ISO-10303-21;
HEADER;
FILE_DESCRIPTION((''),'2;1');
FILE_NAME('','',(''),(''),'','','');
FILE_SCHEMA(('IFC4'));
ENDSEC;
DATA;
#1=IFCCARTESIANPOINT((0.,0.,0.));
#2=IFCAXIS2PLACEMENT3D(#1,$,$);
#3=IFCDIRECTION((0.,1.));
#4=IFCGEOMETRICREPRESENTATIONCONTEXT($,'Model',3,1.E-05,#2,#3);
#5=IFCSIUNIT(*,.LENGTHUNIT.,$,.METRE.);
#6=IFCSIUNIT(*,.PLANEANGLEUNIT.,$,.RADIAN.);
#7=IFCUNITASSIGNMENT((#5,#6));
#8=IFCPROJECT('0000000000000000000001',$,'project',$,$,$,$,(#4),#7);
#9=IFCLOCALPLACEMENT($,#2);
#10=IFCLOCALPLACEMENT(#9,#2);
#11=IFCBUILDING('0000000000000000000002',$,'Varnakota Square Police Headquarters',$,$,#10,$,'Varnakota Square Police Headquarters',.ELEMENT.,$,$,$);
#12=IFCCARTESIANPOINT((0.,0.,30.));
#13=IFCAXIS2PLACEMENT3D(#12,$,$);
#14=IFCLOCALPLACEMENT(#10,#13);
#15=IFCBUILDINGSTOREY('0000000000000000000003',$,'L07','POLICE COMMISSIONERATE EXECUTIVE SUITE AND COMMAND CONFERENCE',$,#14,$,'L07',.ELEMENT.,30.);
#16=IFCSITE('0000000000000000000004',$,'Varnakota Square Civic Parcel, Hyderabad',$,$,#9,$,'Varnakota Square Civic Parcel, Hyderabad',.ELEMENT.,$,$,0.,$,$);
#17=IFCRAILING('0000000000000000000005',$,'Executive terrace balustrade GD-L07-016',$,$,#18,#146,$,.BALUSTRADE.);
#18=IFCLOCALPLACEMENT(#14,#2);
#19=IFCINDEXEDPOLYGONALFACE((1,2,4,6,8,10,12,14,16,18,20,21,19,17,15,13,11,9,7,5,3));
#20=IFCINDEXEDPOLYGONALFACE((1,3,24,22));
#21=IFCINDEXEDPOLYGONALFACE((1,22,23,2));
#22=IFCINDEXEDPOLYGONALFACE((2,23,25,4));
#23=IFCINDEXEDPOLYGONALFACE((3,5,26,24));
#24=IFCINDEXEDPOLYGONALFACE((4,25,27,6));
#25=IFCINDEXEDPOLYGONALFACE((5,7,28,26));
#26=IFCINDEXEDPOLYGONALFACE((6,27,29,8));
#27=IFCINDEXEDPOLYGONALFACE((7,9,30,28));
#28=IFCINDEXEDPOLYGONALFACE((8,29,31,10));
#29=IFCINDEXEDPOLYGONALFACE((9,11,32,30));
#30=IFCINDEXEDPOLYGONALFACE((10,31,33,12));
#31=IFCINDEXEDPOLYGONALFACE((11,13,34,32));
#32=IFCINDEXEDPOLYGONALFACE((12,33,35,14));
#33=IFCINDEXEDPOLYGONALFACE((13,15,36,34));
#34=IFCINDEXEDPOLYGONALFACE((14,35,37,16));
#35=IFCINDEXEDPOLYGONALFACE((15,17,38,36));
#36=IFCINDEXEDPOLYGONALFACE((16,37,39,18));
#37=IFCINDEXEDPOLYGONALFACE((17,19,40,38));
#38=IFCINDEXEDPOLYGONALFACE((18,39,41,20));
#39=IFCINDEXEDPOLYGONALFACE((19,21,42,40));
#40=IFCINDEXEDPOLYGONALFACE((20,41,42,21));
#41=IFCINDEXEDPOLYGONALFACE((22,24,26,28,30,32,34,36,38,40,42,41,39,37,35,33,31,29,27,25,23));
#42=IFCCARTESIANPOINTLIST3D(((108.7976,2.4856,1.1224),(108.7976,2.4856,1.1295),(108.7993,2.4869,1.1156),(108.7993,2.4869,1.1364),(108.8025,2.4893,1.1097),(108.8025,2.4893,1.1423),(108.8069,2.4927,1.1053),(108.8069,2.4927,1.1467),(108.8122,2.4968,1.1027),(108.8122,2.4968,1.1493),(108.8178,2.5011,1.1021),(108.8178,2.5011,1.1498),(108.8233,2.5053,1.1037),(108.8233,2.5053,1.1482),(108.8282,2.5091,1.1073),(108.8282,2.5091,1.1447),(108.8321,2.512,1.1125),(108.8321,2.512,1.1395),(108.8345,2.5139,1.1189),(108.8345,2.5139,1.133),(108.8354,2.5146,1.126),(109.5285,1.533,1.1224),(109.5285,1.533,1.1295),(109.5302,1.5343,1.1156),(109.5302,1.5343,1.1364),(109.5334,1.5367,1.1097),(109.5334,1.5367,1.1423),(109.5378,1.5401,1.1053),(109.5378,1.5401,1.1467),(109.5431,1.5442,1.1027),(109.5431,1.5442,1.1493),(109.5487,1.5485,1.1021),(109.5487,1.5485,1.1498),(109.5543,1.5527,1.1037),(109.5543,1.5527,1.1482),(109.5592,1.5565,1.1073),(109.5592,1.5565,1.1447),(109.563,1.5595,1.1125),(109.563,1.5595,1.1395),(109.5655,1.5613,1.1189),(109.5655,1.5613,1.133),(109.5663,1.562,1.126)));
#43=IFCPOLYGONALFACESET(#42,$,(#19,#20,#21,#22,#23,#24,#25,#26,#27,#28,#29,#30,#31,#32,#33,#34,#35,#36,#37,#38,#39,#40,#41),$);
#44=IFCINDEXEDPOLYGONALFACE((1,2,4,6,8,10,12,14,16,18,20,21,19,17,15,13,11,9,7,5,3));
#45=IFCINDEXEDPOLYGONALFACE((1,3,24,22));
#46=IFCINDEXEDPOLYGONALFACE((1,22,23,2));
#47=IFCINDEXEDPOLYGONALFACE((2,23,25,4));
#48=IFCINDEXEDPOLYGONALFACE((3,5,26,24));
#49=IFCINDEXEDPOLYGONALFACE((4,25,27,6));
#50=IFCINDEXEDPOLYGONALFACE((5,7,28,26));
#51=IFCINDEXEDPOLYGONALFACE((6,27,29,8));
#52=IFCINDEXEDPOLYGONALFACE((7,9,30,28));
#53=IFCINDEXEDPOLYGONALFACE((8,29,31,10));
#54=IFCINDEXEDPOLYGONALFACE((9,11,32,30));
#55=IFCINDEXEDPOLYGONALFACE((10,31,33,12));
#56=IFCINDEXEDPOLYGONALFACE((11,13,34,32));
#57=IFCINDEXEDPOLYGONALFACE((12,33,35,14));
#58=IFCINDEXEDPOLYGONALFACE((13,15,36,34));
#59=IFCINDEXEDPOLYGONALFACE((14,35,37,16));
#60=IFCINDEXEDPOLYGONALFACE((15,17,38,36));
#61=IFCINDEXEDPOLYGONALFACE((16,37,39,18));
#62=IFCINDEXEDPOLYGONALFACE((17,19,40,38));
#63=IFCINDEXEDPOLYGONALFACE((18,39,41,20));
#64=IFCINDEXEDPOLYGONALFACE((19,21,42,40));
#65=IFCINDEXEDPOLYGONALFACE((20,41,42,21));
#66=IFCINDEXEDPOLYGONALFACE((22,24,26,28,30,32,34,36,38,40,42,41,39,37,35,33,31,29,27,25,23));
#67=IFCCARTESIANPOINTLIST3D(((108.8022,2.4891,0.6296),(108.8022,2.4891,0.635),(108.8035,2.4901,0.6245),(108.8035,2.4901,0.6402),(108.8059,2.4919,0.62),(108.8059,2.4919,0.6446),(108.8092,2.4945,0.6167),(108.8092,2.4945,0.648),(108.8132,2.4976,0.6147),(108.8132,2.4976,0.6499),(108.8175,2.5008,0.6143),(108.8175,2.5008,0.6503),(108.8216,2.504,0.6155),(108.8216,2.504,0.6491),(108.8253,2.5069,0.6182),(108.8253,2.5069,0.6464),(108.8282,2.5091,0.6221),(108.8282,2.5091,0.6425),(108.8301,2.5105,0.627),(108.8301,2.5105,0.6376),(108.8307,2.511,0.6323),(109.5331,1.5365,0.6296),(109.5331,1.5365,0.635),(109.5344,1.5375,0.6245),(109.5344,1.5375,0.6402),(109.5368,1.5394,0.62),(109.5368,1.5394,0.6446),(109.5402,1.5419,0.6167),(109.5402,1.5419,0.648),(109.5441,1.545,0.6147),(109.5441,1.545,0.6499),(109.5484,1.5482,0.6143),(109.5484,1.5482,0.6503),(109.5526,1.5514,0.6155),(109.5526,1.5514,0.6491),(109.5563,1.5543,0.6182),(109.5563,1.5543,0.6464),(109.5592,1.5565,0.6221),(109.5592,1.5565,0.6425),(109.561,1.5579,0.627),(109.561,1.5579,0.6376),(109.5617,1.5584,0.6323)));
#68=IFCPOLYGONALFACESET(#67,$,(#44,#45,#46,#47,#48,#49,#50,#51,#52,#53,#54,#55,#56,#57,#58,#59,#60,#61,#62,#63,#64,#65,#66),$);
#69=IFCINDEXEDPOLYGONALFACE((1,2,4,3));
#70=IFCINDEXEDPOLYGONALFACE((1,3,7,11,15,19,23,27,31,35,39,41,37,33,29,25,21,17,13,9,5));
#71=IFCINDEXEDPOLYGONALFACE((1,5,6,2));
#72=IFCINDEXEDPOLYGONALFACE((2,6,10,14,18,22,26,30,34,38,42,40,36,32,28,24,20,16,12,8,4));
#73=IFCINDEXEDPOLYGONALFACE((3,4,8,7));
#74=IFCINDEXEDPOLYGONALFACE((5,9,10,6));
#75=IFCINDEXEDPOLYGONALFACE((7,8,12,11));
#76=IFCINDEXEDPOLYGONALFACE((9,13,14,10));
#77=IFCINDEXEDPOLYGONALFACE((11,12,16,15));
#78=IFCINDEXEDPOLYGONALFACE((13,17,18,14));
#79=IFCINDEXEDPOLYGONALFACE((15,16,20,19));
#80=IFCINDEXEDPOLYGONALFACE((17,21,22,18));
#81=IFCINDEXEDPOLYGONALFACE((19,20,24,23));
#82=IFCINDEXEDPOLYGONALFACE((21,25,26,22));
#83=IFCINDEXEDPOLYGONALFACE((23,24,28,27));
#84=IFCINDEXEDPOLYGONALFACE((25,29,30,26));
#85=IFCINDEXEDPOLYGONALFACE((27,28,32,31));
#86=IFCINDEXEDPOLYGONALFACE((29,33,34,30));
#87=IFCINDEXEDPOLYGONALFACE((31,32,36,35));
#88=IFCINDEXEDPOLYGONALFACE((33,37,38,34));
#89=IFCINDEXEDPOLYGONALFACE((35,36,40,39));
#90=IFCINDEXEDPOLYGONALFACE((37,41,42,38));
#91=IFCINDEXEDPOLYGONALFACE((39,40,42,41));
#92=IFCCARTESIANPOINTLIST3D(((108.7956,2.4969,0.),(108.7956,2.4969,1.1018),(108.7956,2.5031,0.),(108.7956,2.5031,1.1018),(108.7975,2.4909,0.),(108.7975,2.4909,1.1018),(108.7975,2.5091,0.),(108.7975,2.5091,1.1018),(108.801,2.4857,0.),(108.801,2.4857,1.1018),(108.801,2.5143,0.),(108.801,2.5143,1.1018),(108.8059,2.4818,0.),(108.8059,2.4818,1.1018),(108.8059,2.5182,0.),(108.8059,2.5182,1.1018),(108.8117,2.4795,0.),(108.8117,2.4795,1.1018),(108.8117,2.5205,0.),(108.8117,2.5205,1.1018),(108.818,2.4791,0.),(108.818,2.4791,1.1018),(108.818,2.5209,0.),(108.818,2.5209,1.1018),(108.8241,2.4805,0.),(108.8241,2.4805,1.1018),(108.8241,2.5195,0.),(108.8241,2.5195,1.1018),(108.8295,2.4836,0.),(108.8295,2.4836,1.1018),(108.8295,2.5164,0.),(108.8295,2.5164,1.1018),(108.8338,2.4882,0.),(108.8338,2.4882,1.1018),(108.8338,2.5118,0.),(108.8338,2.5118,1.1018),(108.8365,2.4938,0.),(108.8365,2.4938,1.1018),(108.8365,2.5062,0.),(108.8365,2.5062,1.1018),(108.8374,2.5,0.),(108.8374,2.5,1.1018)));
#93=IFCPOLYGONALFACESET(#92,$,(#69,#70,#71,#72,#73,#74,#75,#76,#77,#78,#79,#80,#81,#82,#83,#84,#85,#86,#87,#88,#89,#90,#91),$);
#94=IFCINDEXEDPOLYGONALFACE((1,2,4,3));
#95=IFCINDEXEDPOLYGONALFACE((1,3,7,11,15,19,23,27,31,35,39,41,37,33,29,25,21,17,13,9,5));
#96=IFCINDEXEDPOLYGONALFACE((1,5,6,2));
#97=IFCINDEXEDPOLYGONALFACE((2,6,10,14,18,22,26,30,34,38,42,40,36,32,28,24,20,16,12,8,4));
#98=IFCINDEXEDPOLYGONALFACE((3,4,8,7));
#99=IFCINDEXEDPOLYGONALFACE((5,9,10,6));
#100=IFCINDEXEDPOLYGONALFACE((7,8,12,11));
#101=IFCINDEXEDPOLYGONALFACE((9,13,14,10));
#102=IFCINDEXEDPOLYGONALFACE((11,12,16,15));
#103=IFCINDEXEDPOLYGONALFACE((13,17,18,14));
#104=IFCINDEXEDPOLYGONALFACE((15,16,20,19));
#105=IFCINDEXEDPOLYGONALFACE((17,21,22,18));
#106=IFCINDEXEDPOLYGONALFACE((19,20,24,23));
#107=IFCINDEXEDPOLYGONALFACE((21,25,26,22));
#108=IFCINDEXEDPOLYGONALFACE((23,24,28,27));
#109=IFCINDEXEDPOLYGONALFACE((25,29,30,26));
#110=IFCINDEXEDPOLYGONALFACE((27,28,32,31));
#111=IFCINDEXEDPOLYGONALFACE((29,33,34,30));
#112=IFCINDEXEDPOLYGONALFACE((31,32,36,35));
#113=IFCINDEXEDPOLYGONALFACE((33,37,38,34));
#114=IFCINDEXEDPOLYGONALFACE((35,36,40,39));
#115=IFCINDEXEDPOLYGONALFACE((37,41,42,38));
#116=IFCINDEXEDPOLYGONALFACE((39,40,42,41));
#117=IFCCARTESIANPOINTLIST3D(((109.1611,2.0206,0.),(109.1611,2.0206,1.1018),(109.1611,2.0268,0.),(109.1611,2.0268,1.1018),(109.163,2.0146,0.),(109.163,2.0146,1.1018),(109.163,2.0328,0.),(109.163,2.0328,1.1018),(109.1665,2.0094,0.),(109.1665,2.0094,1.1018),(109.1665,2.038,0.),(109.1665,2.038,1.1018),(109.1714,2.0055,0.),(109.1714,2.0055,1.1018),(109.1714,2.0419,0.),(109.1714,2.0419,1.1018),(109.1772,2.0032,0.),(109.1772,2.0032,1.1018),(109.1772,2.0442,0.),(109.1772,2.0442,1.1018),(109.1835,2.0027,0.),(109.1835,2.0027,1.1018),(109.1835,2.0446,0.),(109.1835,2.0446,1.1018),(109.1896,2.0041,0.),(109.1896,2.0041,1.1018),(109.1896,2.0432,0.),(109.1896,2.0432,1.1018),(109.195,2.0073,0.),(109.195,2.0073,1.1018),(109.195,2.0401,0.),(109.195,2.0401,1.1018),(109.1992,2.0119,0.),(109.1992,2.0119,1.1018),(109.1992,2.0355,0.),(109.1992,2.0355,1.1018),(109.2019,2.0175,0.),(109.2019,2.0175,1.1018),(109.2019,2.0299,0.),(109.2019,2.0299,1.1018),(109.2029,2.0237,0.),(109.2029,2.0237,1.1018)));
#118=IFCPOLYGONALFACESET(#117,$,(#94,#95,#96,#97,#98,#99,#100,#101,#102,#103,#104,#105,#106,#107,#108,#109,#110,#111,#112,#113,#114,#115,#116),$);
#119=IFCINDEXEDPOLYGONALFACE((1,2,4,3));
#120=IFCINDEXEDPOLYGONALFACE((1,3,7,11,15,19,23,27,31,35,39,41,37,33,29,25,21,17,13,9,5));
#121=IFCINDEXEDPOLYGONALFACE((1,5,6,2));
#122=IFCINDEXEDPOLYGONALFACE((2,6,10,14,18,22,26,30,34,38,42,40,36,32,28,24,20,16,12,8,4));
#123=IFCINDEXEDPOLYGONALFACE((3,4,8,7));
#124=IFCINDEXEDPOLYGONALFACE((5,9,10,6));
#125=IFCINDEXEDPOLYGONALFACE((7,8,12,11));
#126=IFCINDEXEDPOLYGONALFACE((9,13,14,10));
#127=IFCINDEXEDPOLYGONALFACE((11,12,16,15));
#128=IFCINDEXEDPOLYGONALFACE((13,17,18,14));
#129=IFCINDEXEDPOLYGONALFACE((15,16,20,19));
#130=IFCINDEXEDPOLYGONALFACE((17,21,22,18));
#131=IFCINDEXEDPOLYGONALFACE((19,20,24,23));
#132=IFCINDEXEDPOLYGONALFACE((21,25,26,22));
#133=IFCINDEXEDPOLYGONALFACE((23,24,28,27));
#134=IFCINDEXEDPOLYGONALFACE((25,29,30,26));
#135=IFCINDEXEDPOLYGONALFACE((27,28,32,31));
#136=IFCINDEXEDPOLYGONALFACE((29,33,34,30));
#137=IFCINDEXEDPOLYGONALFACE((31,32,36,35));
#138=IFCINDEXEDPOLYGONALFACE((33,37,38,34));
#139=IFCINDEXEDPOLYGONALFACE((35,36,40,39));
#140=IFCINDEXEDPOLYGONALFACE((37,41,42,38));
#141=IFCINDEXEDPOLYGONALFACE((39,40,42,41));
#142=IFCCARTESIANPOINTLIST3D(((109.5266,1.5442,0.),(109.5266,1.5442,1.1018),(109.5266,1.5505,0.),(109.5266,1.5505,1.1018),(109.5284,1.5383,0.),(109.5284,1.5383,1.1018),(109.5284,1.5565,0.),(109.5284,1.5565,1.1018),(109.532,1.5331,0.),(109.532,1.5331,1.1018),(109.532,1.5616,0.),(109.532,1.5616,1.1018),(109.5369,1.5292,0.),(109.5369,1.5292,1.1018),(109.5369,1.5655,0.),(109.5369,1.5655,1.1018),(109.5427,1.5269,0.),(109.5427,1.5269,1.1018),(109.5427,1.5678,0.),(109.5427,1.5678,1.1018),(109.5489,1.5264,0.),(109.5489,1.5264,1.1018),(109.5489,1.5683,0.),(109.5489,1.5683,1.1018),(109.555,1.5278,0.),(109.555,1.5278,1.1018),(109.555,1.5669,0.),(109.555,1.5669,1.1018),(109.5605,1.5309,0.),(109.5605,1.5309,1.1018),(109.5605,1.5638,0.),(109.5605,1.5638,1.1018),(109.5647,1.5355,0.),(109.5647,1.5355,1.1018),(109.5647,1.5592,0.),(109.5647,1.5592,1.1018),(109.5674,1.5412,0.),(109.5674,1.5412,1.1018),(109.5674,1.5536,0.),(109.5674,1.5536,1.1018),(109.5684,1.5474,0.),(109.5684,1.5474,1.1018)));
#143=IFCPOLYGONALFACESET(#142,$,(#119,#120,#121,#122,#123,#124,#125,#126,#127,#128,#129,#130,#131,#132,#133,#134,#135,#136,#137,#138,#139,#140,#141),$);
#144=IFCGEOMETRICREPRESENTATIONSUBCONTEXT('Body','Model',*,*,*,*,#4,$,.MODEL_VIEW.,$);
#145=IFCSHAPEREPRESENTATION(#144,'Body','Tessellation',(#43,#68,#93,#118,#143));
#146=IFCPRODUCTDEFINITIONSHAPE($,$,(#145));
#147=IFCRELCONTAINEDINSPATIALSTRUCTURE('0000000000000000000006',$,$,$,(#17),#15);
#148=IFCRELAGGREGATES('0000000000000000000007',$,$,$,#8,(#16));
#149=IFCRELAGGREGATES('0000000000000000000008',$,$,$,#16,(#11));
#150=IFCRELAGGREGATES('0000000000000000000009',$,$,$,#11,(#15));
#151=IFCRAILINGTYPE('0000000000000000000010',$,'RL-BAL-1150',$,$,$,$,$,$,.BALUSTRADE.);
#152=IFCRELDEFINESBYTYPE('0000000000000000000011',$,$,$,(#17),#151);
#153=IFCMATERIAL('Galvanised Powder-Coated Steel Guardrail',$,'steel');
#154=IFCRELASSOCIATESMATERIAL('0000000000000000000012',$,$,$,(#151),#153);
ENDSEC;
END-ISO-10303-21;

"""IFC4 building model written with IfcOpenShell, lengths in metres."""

from ifc_helpers import new_model, si_unit, direction, frame, origin, origin_2d, place, context, subcontext, project, spatial, circle, extrude, material, type_object, element, save


model = new_model("IFC4")

# Units and contexts
model_context = context("Model", 3, precision=1e-05, world=origin(), true_north=direction((0.0, 1.0)))
body_context = subcontext(model_context, "Body", "Model", "MODEL_VIEW")
ifc_project = project(units=[si_unit("LENGTHUNIT", "METRE"), si_unit("PLANEANGLEUNIT", "RADIAN")], contexts=[model_context])

# Site, building, storey
site_placement = place(None, origin())
site = spatial("IfcSite", under=ifc_project, at=site_placement, Name="Varnakota Square Civic Parcel, Hyderabad", LongName="Varnakota Square Civic Parcel, Hyderabad", CompositionType="ELEMENT", RefElevation=0.0)
building_placement = place(site_placement, origin())
building = spatial("IfcBuilding", under=site, at=building_placement, Name="Varnakota Square Police Headquarters", LongName="Varnakota Square Police Headquarters", CompositionType="ELEMENT")
storey_placement = place(building_placement, frame((0.0, 0.0, 30.0)))
storey = spatial("IfcBuildingStorey", under=building, at=storey_placement, Name="L07", Description="POLICE COMMISSIONERATE EXECUTIVE SUITE AND COMMAND CONFERENCE", LongName="L07", CompositionType="ELEMENT", Elevation=30.0)

# Railing
ifc_material_1 = material(Name="Galvanised Powder-Coated Steel Guardrail", Category="steel")
railing_type = type_object("IfcRailingType", Name="RL-BAL-1150", PredefinedType="BALUSTRADE", material=ifc_material_1)
railing_1_placement = place(storey_placement, frame((108.8164, 2.5, 0.0)))
element("IfcRailing", 1, at=railing_1_placement, inside=storey, type_object=railing_type, Name="Executive terrace balustrade GD-L07-016", PredefinedType="BALUSTRADE", context=body_context, shape_type="SweptSolid", body=[
    extrude(circle(Radius=0.0239, at=origin_2d()), frame((0.0, 0.0, 1.126), z_axis=(0.608747, -0.793364, 0.0), x_axis=(0.793364, 0.608747, 0.0)), (0.0, 0.0, 1.0), 1.2007),
    extrude(circle(Radius=0.0181, at=origin_2d()), frame((0.0, 0.0, 0.6323), z_axis=(0.608747, -0.793364, 0.0), x_axis=(0.793364, 0.608747, 0.0)), (0.0, 0.0, 1.0), 1.2007),
    extrude(circle(Radius=0.021, at=origin_2d()), origin(), (0.0, 0.0, 1.0), 1.1018),
    extrude(circle(Radius=0.021, at=origin_2d()), frame((0.3655, -0.4763, 0.0)), (0.0, 0.0, 1.0), 1.1018),
    extrude(circle(Radius=0.021, at=origin_2d()), frame((0.731, -0.9526, 0.0)), (0.0, 0.0, 1.0), 1.1018),
])

save(model, "model.ifc")
